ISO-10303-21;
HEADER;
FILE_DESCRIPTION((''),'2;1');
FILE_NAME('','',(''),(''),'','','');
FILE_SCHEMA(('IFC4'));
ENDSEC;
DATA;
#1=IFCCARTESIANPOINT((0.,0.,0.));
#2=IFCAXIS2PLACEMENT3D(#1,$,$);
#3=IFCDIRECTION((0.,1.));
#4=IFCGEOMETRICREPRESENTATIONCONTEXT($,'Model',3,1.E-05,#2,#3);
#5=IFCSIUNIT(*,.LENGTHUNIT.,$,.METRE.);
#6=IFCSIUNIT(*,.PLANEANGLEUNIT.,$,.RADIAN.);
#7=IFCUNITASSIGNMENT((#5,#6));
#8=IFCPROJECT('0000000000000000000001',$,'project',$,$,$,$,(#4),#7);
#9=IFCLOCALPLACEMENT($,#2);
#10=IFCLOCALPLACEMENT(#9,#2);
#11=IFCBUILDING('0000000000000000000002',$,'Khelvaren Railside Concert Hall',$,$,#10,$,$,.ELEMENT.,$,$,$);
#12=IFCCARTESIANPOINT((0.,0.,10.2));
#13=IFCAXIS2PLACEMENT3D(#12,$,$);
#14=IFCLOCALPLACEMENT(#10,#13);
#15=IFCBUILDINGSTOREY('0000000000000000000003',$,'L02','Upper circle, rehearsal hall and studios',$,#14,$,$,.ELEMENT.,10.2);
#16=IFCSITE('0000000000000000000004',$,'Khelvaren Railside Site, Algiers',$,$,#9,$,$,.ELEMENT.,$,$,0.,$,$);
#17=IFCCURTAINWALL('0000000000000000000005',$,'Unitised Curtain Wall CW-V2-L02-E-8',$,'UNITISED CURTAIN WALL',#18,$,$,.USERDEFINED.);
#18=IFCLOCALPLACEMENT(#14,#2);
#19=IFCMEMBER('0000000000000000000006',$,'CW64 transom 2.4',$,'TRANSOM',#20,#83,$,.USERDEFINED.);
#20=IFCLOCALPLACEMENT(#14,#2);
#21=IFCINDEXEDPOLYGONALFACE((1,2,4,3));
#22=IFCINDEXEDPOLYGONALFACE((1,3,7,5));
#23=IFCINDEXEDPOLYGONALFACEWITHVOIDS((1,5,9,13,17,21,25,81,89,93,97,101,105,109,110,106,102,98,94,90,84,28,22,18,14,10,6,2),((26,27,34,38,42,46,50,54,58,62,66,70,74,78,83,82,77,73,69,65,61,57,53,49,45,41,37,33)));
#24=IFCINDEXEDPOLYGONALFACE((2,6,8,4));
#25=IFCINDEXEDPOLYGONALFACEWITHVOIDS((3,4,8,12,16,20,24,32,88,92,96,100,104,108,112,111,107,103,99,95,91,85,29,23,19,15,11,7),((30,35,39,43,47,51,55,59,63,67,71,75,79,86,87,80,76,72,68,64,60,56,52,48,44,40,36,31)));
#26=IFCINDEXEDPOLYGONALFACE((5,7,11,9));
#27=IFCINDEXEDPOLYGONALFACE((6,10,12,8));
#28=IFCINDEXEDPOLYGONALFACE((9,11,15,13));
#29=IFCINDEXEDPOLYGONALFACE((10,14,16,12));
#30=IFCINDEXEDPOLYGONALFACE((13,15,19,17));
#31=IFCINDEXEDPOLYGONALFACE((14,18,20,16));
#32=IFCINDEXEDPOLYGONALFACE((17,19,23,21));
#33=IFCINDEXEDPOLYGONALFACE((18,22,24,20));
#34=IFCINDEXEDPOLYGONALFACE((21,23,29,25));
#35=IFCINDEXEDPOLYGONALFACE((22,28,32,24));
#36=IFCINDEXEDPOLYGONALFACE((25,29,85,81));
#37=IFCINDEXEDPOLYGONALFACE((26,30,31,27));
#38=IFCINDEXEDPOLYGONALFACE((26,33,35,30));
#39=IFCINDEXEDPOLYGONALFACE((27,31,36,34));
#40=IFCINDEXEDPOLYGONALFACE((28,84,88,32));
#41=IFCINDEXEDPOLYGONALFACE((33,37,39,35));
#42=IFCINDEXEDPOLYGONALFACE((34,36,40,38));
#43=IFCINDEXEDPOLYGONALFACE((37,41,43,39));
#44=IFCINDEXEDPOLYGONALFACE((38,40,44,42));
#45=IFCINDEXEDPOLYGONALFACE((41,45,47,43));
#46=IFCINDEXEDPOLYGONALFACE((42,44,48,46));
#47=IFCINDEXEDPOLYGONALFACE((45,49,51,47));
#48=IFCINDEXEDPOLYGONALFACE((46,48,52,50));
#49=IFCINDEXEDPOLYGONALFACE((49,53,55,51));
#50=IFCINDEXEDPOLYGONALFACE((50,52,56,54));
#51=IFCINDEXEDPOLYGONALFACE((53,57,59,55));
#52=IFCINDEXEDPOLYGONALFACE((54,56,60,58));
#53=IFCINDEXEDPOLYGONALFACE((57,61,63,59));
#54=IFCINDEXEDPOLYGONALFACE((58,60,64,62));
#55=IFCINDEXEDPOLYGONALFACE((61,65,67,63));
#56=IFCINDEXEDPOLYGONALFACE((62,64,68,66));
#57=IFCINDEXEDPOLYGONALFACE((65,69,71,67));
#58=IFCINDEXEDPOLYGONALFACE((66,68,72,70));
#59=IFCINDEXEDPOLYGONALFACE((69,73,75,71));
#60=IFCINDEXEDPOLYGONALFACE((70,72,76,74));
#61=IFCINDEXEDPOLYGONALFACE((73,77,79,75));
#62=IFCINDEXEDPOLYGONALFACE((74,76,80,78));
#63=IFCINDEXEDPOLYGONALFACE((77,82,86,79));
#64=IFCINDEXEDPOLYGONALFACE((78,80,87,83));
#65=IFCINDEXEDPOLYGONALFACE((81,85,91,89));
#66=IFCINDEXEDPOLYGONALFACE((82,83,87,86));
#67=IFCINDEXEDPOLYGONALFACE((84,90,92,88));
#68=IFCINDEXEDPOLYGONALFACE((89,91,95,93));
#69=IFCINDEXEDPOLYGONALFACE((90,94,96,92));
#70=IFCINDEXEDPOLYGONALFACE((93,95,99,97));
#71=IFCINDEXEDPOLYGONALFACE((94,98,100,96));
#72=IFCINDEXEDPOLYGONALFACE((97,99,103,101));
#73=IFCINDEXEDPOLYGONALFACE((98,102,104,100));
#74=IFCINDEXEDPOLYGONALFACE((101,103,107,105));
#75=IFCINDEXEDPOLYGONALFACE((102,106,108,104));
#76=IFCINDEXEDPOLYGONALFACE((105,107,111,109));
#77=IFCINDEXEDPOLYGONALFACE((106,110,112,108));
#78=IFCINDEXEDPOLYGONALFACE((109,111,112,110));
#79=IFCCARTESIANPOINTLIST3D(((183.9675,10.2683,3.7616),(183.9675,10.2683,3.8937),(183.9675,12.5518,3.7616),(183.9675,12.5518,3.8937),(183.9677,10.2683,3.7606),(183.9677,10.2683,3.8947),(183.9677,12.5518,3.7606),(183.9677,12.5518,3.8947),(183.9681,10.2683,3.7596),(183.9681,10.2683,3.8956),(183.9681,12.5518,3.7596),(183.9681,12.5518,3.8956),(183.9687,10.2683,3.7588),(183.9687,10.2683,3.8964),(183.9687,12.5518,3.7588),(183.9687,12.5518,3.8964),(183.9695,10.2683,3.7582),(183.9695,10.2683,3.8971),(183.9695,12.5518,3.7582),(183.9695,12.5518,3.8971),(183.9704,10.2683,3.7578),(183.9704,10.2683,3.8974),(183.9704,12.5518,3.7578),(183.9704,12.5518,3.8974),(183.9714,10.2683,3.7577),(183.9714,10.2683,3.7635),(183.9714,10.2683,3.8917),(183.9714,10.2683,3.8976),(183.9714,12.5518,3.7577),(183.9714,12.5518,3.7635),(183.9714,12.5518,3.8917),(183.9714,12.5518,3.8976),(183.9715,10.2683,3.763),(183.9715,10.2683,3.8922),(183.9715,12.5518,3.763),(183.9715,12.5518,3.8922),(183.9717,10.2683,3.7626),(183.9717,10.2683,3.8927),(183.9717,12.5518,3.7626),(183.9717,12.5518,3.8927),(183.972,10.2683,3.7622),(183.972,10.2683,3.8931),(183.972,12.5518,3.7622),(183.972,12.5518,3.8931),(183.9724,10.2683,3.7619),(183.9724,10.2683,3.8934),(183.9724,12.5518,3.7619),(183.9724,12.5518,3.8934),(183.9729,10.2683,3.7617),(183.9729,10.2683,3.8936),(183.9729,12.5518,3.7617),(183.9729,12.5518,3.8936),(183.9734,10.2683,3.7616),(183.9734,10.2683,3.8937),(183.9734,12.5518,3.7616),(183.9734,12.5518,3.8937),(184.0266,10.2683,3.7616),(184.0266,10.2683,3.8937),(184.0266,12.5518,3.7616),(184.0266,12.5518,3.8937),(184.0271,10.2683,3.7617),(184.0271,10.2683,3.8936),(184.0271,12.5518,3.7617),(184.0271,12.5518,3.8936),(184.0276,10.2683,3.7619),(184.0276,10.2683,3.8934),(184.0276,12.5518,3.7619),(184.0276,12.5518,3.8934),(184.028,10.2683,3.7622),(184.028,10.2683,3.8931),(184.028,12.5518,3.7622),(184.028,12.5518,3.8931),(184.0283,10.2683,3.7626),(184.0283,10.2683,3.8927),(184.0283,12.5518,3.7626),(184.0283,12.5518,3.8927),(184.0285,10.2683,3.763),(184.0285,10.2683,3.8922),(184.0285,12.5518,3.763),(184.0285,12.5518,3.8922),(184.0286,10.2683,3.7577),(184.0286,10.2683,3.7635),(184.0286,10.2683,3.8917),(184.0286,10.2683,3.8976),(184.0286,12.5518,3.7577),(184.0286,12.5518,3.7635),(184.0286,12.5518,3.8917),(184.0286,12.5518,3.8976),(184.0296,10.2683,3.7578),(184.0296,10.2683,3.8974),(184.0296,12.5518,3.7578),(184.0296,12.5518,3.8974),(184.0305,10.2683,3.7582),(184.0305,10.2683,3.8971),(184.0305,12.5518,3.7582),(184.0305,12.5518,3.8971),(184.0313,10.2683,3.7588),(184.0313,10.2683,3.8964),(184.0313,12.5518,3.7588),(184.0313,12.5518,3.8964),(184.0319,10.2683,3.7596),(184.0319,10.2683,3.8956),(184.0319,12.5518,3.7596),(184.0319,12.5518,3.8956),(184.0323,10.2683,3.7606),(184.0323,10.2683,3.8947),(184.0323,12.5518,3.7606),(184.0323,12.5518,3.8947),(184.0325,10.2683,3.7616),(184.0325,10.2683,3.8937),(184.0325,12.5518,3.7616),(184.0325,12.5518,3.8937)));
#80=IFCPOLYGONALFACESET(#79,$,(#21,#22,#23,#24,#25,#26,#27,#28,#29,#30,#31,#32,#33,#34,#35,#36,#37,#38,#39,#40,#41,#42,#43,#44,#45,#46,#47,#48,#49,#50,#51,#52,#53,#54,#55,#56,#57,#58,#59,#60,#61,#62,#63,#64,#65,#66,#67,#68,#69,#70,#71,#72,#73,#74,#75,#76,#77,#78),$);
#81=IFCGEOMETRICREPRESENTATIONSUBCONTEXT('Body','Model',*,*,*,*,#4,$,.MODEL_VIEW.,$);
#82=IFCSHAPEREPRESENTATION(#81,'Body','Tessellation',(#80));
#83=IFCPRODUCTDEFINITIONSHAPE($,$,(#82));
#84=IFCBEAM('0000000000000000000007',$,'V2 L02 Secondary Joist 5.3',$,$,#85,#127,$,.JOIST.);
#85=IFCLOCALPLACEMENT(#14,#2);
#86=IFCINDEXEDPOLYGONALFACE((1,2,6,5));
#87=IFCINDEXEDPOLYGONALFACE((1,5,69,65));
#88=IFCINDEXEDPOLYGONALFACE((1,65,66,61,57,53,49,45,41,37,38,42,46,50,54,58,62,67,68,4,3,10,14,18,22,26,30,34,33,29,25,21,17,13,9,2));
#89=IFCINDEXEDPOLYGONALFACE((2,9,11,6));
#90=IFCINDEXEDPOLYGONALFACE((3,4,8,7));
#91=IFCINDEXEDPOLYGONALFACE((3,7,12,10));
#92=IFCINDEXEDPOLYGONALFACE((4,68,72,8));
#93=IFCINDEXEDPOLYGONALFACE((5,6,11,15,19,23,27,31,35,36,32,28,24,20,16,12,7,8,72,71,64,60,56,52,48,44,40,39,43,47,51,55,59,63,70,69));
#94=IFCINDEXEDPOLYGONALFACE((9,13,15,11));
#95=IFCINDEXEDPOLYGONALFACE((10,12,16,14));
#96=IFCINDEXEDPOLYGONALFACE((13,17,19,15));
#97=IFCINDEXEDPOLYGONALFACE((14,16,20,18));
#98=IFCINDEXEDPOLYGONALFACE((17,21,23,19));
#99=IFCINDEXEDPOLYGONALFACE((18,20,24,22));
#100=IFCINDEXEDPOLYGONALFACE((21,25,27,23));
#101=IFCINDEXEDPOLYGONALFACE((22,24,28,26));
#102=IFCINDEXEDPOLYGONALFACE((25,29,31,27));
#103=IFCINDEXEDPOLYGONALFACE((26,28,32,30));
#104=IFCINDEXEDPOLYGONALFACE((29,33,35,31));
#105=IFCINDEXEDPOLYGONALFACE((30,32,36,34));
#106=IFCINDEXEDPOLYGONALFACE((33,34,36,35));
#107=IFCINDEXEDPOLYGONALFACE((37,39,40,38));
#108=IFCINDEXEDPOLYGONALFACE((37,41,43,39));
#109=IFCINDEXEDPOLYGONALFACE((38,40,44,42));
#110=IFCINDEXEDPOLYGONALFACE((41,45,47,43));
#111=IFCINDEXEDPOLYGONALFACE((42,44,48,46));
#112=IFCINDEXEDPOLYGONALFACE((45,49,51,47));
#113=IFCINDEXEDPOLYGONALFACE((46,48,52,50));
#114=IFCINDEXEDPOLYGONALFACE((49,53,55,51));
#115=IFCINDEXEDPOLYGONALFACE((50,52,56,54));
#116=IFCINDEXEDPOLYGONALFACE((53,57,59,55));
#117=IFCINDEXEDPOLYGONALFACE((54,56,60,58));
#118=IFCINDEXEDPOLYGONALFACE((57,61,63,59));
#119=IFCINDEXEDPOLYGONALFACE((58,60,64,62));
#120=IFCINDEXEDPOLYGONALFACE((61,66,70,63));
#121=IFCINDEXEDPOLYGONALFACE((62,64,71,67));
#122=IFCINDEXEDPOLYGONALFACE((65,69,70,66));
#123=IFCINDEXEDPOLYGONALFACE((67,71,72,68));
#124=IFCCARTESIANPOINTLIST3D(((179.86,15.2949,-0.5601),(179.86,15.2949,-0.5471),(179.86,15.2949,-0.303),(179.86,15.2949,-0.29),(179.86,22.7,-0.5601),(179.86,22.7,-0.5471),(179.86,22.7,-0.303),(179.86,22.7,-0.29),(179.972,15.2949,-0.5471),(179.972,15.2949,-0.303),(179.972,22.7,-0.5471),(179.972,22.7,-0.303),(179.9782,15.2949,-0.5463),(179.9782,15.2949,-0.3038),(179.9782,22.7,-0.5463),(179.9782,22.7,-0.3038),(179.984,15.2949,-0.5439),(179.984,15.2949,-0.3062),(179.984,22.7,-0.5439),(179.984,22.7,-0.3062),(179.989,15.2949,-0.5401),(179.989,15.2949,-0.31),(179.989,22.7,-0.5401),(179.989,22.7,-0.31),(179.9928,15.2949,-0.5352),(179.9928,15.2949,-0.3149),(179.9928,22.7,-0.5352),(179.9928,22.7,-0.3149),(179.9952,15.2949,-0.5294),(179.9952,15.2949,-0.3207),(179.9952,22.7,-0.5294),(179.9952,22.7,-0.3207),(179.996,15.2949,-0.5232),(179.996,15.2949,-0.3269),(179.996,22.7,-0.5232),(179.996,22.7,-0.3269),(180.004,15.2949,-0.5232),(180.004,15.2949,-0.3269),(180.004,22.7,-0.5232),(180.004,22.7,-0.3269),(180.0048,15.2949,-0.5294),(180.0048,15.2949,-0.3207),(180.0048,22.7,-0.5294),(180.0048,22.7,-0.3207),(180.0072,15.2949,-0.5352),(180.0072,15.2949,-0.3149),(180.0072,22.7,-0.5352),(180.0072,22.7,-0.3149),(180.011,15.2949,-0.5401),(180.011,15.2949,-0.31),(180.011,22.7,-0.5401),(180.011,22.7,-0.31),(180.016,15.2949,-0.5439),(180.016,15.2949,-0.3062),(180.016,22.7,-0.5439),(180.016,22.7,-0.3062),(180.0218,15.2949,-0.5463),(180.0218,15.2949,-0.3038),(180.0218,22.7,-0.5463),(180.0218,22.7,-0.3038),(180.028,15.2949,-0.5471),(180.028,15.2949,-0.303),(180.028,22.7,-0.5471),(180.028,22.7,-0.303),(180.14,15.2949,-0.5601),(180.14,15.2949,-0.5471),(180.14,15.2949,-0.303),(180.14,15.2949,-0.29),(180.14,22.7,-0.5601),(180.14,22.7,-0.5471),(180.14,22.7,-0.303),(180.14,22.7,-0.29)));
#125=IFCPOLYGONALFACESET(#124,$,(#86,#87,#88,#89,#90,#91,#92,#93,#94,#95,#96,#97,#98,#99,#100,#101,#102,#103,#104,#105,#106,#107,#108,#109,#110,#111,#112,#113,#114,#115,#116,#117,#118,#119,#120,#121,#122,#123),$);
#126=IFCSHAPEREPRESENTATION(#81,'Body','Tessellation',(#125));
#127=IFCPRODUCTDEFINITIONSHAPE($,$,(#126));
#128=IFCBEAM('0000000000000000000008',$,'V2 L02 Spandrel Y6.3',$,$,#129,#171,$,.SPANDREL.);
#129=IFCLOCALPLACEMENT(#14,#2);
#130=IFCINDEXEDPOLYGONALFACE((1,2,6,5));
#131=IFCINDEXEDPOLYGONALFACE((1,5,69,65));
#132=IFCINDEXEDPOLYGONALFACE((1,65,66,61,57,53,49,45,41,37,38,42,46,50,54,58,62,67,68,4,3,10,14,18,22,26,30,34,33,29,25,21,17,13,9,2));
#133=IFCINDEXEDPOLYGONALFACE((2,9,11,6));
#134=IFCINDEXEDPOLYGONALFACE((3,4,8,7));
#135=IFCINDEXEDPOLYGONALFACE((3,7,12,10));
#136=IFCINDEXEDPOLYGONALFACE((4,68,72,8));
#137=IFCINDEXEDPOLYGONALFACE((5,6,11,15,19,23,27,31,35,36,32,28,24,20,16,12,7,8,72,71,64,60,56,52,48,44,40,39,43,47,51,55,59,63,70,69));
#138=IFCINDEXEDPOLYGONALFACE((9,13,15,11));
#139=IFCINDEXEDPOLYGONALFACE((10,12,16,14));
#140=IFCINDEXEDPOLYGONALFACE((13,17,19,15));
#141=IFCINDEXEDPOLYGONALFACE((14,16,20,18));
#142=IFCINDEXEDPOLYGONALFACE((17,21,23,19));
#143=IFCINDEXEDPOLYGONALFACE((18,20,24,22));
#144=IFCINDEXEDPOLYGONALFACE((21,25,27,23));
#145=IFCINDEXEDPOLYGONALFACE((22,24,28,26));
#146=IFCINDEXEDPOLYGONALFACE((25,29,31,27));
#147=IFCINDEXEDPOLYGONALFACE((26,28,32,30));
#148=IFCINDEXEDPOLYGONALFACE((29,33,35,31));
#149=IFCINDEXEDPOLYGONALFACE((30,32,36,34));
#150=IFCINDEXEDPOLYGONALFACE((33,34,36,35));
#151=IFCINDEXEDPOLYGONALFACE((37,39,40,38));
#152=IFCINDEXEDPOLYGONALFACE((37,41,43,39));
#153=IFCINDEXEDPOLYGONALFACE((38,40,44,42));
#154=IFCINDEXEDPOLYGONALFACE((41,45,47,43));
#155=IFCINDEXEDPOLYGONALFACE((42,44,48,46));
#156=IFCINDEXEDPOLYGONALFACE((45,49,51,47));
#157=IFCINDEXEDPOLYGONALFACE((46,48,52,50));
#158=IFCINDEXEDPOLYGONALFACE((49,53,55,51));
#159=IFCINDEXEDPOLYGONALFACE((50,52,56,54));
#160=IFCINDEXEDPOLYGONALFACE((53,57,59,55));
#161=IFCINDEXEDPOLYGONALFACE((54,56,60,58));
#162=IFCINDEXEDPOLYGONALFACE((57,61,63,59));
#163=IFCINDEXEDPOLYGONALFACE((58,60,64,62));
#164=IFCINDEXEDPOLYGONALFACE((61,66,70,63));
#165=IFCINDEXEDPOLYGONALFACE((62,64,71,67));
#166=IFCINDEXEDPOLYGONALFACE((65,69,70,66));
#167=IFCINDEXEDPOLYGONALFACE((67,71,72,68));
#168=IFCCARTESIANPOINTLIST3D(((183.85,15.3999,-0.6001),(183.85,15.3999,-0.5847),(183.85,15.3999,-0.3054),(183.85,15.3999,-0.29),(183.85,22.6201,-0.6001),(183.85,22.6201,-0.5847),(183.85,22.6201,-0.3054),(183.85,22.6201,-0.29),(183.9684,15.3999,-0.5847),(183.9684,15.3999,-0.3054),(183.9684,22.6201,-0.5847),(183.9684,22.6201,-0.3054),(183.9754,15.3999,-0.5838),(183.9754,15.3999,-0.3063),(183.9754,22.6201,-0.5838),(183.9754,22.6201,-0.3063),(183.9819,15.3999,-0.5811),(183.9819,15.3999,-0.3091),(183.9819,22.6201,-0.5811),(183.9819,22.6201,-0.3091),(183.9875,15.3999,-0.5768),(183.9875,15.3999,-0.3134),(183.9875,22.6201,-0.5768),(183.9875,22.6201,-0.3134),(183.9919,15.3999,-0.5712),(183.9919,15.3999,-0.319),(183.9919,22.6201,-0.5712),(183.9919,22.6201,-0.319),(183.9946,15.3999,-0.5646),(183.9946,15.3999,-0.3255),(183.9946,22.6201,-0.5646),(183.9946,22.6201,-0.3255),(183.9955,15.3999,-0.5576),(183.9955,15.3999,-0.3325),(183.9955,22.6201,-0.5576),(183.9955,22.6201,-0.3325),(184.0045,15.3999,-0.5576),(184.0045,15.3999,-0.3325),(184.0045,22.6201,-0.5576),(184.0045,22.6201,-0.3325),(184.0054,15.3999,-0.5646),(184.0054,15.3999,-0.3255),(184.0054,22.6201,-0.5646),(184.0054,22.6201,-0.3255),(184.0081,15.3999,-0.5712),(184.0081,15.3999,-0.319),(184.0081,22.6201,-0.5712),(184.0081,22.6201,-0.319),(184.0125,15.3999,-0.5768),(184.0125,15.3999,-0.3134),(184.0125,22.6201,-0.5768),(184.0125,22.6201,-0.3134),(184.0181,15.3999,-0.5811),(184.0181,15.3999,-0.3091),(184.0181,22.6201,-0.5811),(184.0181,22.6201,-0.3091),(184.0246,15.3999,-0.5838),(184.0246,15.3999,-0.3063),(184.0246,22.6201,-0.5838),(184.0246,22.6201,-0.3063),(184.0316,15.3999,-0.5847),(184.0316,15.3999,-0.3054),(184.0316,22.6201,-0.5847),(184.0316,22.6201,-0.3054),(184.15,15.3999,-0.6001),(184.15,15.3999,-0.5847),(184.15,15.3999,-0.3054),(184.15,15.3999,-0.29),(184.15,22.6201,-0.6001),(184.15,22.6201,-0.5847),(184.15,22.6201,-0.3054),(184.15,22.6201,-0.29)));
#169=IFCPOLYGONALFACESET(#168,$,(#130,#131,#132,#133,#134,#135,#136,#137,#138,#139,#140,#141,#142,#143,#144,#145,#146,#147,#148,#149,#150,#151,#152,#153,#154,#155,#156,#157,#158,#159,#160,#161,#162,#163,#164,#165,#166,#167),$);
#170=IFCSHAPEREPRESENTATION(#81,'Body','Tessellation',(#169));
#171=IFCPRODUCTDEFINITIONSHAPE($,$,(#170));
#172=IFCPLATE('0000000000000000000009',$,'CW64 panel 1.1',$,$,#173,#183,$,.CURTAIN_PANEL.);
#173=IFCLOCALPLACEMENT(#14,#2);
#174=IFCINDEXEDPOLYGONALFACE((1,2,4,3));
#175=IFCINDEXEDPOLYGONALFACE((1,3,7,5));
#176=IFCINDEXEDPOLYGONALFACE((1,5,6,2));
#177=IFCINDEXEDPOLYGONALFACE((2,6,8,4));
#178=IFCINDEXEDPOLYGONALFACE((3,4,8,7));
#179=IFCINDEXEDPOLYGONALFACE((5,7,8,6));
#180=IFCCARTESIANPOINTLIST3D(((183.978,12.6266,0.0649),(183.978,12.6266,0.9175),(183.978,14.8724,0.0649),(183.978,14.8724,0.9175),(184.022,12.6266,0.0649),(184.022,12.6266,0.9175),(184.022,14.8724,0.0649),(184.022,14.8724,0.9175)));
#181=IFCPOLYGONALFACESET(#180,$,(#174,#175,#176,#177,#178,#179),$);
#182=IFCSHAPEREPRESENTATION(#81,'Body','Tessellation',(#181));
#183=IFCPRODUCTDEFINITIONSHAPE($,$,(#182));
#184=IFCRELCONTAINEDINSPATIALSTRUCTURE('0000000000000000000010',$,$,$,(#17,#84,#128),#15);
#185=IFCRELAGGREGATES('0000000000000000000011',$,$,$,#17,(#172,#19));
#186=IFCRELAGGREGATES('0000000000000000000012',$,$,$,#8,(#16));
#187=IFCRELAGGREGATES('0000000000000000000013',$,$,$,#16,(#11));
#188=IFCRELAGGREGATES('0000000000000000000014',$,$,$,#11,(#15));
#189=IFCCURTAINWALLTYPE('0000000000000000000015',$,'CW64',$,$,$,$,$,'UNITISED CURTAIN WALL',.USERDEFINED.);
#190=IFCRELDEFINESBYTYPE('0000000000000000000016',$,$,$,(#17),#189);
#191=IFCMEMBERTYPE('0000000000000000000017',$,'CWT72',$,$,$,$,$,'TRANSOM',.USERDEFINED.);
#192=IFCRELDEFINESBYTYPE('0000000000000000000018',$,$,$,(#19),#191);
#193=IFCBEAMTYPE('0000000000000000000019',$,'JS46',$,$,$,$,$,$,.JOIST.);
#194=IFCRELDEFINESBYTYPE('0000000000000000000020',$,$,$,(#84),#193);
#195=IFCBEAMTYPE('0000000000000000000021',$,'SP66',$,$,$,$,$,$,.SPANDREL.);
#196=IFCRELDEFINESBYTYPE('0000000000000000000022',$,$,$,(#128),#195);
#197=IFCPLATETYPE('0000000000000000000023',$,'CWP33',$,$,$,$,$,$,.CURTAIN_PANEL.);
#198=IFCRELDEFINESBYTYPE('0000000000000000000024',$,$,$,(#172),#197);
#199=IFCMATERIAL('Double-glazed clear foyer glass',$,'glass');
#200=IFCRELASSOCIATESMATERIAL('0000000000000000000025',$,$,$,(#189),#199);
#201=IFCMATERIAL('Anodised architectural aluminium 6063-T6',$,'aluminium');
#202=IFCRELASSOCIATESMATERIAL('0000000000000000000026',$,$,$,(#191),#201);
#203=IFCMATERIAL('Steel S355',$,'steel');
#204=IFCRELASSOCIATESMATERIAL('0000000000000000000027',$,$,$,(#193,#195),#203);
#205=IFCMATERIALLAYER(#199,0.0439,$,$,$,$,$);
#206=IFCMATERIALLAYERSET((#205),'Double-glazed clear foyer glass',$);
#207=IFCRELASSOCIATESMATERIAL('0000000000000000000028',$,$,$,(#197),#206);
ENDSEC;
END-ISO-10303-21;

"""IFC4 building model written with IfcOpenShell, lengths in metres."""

from ifc_helpers import new_model, si_unit, direction, frame, origin, origin_2d, place, context, subcontext, project, spatial, rectangle, hollow_rectangle, i_section, extrude, material, layer, layer_set, material_profile, profile_set, type_object, element, aggregate, save


model = new_model("IFC4")

# Units and contexts
model_context = context("Model", 3, precision=1e-05, world=origin(), true_north=direction((0.0, 1.0)))
body_context = subcontext(model_context, "Body", "Model", "MODEL_VIEW")
ifc_project = project(units=[si_unit("LENGTHUNIT", "METRE"), si_unit("PLANEANGLEUNIT", "RADIAN")], contexts=[model_context])

# Site, building, storey
site_placement = place(None, origin())
site = spatial("IfcSite", under=ifc_project, at=site_placement, Name="Khelvaren Railside Site, Algiers", CompositionType="ELEMENT", RefElevation=0.0)
building_placement = place(site_placement, origin())
building = spatial("IfcBuilding", under=site, at=building_placement, Name="Khelvaren Railside Concert Hall", CompositionType="ELEMENT")
storey_placement = place(building_placement, frame((0.0, 0.0, 10.2)))
storey = spatial("IfcBuildingStorey", under=building, at=storey_placement, Name="L02", Description="Upper circle, rehearsal hall and studios", CompositionType="ELEMENT", Elevation=10.2)

# Shared definitions
ifc_material_1 = material(Name="Steel S355", Category="steel")

# Curtain wall
ifc_material_2 = material(Name="Double-glazed clear foyer glass", Category="glass")
curtain_wall_type_1 = type_object("IfcCurtainWallType", Name="CW64", ElementType="UNITISED CURTAIN WALL", PredefinedType="USERDEFINED", material=ifc_material_2)
curtain_wall_1_placement = place(storey_placement, origin())
curtain_wall_1 = element("IfcCurtainWall", 1, at=curtain_wall_1_placement, inside=storey, type_object=curtain_wall_type_1, Name="Unitised Curtain Wall CW-V2-L02-E-8", ObjectType="UNITISED CURTAIN WALL", PredefinedType="USERDEFINED")
ifc_material_3 = material(Name="Anodised architectural aluminium 6063-T6", Category="aluminium")

# Member
ifc_material_profile_1 = material_profile(ifc_material_3, hollow_rectangle(XDim=0.0649, YDim=0.1399, WallThickness=0.0039, InnerFilletRadius=0.002, OuterFilletRadius=0.0039, at=origin_2d()), Name="CWT 65x140x4")
ifc_profile_set_1 = profile_set([ifc_material_profile_1], Name="Anodised architectural aluminium 6063-T6")
member_type_1 = type_object("IfcMemberType", Name="CWT72", ElementType="TRANSOM", PredefinedType="USERDEFINED", material=ifc_profile_set_1)
member_1_placement = place(storey_placement, frame((184.0, 12.5518, 3.8276), z_axis=(0.0, -1.0, 0.0), x_axis=(1.0, 0.0, 0.0)))
member_1 = element("IfcMember", 2, at=member_1_placement, type_object=member_type_1, Name="CW64 transom 2.4", ObjectType="TRANSOM", PredefinedType="USERDEFINED", context=body_context, shape_type="SweptSolid", body=[
    extrude(hollow_rectangle(XDim=0.0649, YDim=0.1399, WallThickness=0.0039, InnerFilletRadius=0.002, OuterFilletRadius=0.0039, at=origin_2d()), origin(), (0.0, 0.0, 1.0), 2.2834),
])

# Beams
ifc_material_profile_2 = material_profile(ifc_material_1, i_section(OverallWidth=0.28, OverallDepth=0.27, WebThickness=0.0081, FlangeThickness=0.0129, FilletRadius=0.0239, at=origin_2d()), Name="HEA 280")
ifc_profile_set_2 = profile_set([ifc_material_profile_2], Name="Steel S355")
beam_type_1 = type_object("IfcBeamType", Name="JS46", PredefinedType="JOIST", material=ifc_profile_set_2)
beam_1_placement = place(storey_placement, frame((180.0, 15.2949, -0.425), z_axis=(0.0, 1.0, 0.0), x_axis=(-1.0, 0.0, 0.0)))
element("IfcBeam", 3, at=beam_1_placement, inside=storey, type_object=beam_type_1, Name="V2 L02 Secondary Joist 5.3", PredefinedType="JOIST", context=body_context, shape_type="SweptSolid", body=[
    extrude(i_section(OverallWidth=0.28, OverallDepth=0.27, WebThickness=0.0081, FlangeThickness=0.0129, FilletRadius=0.0239, at=origin_2d()), origin(), (0.0, 0.0, 1.0), 7.405),
])
ifc_material_profile_3 = material_profile(ifc_material_1, i_section(OverallWidth=0.3, OverallDepth=0.3101, WebThickness=0.009, FlangeThickness=0.0154, FilletRadius=0.0271, at=origin_2d()), Name="HEA 320")
ifc_profile_set_3 = profile_set([ifc_material_profile_3], Name="Steel S355")
beam_type_2 = type_object("IfcBeamType", Name="SP66", PredefinedType="SPANDREL", material=ifc_profile_set_3)
beam_2_placement = place(storey_placement, frame((184.0, 15.3999, -0.4451), z_axis=(0.0, 1.0, 0.0), x_axis=(-1.0, 0.0, 0.0)))
element("IfcBeam", 4, at=beam_2_placement, inside=storey, type_object=beam_type_2, Name="V2 L02 Spandrel Y6.3", PredefinedType="SPANDREL", context=body_context, shape_type="SweptSolid", body=[
    extrude(i_section(OverallWidth=0.3, OverallDepth=0.3101, WebThickness=0.009, FlangeThickness=0.0154, FilletRadius=0.0271, at=origin_2d()), origin(), (0.0, 0.0, 1.0), 7.2202),
])

# Plate
ifc_layer_1 = layer(ifc_material_2, 0.0439)
ifc_layer_set_1 = layer_set([ifc_layer_1], Name="Double-glazed clear foyer glass")
plate_type_1 = type_object("IfcPlateType", Name="CWP33", PredefinedType="CURTAIN_PANEL", material=ifc_layer_set_1)
plate_1_placement = place(storey_placement, frame((184.0, 13.7495, 0.0649), z_axis=(0.0, 0.0, 1.0), x_axis=(0.0, -1.0, 0.0)))
plate_1 = element("IfcPlate", 5, at=plate_1_placement, type_object=plate_type_1, Name="CW64 panel 1.1", PredefinedType="CURTAIN_PANEL", context=body_context, shape_type="SweptSolid", body=[
    extrude(rectangle(XDim=2.2458, YDim=0.0439, at=origin_2d()), origin(), (0.0, 0.0, 1.0), 0.8525),
])
aggregate(curtain_wall_1, [plate_1, member_1])

save(model, "model.ifc")
